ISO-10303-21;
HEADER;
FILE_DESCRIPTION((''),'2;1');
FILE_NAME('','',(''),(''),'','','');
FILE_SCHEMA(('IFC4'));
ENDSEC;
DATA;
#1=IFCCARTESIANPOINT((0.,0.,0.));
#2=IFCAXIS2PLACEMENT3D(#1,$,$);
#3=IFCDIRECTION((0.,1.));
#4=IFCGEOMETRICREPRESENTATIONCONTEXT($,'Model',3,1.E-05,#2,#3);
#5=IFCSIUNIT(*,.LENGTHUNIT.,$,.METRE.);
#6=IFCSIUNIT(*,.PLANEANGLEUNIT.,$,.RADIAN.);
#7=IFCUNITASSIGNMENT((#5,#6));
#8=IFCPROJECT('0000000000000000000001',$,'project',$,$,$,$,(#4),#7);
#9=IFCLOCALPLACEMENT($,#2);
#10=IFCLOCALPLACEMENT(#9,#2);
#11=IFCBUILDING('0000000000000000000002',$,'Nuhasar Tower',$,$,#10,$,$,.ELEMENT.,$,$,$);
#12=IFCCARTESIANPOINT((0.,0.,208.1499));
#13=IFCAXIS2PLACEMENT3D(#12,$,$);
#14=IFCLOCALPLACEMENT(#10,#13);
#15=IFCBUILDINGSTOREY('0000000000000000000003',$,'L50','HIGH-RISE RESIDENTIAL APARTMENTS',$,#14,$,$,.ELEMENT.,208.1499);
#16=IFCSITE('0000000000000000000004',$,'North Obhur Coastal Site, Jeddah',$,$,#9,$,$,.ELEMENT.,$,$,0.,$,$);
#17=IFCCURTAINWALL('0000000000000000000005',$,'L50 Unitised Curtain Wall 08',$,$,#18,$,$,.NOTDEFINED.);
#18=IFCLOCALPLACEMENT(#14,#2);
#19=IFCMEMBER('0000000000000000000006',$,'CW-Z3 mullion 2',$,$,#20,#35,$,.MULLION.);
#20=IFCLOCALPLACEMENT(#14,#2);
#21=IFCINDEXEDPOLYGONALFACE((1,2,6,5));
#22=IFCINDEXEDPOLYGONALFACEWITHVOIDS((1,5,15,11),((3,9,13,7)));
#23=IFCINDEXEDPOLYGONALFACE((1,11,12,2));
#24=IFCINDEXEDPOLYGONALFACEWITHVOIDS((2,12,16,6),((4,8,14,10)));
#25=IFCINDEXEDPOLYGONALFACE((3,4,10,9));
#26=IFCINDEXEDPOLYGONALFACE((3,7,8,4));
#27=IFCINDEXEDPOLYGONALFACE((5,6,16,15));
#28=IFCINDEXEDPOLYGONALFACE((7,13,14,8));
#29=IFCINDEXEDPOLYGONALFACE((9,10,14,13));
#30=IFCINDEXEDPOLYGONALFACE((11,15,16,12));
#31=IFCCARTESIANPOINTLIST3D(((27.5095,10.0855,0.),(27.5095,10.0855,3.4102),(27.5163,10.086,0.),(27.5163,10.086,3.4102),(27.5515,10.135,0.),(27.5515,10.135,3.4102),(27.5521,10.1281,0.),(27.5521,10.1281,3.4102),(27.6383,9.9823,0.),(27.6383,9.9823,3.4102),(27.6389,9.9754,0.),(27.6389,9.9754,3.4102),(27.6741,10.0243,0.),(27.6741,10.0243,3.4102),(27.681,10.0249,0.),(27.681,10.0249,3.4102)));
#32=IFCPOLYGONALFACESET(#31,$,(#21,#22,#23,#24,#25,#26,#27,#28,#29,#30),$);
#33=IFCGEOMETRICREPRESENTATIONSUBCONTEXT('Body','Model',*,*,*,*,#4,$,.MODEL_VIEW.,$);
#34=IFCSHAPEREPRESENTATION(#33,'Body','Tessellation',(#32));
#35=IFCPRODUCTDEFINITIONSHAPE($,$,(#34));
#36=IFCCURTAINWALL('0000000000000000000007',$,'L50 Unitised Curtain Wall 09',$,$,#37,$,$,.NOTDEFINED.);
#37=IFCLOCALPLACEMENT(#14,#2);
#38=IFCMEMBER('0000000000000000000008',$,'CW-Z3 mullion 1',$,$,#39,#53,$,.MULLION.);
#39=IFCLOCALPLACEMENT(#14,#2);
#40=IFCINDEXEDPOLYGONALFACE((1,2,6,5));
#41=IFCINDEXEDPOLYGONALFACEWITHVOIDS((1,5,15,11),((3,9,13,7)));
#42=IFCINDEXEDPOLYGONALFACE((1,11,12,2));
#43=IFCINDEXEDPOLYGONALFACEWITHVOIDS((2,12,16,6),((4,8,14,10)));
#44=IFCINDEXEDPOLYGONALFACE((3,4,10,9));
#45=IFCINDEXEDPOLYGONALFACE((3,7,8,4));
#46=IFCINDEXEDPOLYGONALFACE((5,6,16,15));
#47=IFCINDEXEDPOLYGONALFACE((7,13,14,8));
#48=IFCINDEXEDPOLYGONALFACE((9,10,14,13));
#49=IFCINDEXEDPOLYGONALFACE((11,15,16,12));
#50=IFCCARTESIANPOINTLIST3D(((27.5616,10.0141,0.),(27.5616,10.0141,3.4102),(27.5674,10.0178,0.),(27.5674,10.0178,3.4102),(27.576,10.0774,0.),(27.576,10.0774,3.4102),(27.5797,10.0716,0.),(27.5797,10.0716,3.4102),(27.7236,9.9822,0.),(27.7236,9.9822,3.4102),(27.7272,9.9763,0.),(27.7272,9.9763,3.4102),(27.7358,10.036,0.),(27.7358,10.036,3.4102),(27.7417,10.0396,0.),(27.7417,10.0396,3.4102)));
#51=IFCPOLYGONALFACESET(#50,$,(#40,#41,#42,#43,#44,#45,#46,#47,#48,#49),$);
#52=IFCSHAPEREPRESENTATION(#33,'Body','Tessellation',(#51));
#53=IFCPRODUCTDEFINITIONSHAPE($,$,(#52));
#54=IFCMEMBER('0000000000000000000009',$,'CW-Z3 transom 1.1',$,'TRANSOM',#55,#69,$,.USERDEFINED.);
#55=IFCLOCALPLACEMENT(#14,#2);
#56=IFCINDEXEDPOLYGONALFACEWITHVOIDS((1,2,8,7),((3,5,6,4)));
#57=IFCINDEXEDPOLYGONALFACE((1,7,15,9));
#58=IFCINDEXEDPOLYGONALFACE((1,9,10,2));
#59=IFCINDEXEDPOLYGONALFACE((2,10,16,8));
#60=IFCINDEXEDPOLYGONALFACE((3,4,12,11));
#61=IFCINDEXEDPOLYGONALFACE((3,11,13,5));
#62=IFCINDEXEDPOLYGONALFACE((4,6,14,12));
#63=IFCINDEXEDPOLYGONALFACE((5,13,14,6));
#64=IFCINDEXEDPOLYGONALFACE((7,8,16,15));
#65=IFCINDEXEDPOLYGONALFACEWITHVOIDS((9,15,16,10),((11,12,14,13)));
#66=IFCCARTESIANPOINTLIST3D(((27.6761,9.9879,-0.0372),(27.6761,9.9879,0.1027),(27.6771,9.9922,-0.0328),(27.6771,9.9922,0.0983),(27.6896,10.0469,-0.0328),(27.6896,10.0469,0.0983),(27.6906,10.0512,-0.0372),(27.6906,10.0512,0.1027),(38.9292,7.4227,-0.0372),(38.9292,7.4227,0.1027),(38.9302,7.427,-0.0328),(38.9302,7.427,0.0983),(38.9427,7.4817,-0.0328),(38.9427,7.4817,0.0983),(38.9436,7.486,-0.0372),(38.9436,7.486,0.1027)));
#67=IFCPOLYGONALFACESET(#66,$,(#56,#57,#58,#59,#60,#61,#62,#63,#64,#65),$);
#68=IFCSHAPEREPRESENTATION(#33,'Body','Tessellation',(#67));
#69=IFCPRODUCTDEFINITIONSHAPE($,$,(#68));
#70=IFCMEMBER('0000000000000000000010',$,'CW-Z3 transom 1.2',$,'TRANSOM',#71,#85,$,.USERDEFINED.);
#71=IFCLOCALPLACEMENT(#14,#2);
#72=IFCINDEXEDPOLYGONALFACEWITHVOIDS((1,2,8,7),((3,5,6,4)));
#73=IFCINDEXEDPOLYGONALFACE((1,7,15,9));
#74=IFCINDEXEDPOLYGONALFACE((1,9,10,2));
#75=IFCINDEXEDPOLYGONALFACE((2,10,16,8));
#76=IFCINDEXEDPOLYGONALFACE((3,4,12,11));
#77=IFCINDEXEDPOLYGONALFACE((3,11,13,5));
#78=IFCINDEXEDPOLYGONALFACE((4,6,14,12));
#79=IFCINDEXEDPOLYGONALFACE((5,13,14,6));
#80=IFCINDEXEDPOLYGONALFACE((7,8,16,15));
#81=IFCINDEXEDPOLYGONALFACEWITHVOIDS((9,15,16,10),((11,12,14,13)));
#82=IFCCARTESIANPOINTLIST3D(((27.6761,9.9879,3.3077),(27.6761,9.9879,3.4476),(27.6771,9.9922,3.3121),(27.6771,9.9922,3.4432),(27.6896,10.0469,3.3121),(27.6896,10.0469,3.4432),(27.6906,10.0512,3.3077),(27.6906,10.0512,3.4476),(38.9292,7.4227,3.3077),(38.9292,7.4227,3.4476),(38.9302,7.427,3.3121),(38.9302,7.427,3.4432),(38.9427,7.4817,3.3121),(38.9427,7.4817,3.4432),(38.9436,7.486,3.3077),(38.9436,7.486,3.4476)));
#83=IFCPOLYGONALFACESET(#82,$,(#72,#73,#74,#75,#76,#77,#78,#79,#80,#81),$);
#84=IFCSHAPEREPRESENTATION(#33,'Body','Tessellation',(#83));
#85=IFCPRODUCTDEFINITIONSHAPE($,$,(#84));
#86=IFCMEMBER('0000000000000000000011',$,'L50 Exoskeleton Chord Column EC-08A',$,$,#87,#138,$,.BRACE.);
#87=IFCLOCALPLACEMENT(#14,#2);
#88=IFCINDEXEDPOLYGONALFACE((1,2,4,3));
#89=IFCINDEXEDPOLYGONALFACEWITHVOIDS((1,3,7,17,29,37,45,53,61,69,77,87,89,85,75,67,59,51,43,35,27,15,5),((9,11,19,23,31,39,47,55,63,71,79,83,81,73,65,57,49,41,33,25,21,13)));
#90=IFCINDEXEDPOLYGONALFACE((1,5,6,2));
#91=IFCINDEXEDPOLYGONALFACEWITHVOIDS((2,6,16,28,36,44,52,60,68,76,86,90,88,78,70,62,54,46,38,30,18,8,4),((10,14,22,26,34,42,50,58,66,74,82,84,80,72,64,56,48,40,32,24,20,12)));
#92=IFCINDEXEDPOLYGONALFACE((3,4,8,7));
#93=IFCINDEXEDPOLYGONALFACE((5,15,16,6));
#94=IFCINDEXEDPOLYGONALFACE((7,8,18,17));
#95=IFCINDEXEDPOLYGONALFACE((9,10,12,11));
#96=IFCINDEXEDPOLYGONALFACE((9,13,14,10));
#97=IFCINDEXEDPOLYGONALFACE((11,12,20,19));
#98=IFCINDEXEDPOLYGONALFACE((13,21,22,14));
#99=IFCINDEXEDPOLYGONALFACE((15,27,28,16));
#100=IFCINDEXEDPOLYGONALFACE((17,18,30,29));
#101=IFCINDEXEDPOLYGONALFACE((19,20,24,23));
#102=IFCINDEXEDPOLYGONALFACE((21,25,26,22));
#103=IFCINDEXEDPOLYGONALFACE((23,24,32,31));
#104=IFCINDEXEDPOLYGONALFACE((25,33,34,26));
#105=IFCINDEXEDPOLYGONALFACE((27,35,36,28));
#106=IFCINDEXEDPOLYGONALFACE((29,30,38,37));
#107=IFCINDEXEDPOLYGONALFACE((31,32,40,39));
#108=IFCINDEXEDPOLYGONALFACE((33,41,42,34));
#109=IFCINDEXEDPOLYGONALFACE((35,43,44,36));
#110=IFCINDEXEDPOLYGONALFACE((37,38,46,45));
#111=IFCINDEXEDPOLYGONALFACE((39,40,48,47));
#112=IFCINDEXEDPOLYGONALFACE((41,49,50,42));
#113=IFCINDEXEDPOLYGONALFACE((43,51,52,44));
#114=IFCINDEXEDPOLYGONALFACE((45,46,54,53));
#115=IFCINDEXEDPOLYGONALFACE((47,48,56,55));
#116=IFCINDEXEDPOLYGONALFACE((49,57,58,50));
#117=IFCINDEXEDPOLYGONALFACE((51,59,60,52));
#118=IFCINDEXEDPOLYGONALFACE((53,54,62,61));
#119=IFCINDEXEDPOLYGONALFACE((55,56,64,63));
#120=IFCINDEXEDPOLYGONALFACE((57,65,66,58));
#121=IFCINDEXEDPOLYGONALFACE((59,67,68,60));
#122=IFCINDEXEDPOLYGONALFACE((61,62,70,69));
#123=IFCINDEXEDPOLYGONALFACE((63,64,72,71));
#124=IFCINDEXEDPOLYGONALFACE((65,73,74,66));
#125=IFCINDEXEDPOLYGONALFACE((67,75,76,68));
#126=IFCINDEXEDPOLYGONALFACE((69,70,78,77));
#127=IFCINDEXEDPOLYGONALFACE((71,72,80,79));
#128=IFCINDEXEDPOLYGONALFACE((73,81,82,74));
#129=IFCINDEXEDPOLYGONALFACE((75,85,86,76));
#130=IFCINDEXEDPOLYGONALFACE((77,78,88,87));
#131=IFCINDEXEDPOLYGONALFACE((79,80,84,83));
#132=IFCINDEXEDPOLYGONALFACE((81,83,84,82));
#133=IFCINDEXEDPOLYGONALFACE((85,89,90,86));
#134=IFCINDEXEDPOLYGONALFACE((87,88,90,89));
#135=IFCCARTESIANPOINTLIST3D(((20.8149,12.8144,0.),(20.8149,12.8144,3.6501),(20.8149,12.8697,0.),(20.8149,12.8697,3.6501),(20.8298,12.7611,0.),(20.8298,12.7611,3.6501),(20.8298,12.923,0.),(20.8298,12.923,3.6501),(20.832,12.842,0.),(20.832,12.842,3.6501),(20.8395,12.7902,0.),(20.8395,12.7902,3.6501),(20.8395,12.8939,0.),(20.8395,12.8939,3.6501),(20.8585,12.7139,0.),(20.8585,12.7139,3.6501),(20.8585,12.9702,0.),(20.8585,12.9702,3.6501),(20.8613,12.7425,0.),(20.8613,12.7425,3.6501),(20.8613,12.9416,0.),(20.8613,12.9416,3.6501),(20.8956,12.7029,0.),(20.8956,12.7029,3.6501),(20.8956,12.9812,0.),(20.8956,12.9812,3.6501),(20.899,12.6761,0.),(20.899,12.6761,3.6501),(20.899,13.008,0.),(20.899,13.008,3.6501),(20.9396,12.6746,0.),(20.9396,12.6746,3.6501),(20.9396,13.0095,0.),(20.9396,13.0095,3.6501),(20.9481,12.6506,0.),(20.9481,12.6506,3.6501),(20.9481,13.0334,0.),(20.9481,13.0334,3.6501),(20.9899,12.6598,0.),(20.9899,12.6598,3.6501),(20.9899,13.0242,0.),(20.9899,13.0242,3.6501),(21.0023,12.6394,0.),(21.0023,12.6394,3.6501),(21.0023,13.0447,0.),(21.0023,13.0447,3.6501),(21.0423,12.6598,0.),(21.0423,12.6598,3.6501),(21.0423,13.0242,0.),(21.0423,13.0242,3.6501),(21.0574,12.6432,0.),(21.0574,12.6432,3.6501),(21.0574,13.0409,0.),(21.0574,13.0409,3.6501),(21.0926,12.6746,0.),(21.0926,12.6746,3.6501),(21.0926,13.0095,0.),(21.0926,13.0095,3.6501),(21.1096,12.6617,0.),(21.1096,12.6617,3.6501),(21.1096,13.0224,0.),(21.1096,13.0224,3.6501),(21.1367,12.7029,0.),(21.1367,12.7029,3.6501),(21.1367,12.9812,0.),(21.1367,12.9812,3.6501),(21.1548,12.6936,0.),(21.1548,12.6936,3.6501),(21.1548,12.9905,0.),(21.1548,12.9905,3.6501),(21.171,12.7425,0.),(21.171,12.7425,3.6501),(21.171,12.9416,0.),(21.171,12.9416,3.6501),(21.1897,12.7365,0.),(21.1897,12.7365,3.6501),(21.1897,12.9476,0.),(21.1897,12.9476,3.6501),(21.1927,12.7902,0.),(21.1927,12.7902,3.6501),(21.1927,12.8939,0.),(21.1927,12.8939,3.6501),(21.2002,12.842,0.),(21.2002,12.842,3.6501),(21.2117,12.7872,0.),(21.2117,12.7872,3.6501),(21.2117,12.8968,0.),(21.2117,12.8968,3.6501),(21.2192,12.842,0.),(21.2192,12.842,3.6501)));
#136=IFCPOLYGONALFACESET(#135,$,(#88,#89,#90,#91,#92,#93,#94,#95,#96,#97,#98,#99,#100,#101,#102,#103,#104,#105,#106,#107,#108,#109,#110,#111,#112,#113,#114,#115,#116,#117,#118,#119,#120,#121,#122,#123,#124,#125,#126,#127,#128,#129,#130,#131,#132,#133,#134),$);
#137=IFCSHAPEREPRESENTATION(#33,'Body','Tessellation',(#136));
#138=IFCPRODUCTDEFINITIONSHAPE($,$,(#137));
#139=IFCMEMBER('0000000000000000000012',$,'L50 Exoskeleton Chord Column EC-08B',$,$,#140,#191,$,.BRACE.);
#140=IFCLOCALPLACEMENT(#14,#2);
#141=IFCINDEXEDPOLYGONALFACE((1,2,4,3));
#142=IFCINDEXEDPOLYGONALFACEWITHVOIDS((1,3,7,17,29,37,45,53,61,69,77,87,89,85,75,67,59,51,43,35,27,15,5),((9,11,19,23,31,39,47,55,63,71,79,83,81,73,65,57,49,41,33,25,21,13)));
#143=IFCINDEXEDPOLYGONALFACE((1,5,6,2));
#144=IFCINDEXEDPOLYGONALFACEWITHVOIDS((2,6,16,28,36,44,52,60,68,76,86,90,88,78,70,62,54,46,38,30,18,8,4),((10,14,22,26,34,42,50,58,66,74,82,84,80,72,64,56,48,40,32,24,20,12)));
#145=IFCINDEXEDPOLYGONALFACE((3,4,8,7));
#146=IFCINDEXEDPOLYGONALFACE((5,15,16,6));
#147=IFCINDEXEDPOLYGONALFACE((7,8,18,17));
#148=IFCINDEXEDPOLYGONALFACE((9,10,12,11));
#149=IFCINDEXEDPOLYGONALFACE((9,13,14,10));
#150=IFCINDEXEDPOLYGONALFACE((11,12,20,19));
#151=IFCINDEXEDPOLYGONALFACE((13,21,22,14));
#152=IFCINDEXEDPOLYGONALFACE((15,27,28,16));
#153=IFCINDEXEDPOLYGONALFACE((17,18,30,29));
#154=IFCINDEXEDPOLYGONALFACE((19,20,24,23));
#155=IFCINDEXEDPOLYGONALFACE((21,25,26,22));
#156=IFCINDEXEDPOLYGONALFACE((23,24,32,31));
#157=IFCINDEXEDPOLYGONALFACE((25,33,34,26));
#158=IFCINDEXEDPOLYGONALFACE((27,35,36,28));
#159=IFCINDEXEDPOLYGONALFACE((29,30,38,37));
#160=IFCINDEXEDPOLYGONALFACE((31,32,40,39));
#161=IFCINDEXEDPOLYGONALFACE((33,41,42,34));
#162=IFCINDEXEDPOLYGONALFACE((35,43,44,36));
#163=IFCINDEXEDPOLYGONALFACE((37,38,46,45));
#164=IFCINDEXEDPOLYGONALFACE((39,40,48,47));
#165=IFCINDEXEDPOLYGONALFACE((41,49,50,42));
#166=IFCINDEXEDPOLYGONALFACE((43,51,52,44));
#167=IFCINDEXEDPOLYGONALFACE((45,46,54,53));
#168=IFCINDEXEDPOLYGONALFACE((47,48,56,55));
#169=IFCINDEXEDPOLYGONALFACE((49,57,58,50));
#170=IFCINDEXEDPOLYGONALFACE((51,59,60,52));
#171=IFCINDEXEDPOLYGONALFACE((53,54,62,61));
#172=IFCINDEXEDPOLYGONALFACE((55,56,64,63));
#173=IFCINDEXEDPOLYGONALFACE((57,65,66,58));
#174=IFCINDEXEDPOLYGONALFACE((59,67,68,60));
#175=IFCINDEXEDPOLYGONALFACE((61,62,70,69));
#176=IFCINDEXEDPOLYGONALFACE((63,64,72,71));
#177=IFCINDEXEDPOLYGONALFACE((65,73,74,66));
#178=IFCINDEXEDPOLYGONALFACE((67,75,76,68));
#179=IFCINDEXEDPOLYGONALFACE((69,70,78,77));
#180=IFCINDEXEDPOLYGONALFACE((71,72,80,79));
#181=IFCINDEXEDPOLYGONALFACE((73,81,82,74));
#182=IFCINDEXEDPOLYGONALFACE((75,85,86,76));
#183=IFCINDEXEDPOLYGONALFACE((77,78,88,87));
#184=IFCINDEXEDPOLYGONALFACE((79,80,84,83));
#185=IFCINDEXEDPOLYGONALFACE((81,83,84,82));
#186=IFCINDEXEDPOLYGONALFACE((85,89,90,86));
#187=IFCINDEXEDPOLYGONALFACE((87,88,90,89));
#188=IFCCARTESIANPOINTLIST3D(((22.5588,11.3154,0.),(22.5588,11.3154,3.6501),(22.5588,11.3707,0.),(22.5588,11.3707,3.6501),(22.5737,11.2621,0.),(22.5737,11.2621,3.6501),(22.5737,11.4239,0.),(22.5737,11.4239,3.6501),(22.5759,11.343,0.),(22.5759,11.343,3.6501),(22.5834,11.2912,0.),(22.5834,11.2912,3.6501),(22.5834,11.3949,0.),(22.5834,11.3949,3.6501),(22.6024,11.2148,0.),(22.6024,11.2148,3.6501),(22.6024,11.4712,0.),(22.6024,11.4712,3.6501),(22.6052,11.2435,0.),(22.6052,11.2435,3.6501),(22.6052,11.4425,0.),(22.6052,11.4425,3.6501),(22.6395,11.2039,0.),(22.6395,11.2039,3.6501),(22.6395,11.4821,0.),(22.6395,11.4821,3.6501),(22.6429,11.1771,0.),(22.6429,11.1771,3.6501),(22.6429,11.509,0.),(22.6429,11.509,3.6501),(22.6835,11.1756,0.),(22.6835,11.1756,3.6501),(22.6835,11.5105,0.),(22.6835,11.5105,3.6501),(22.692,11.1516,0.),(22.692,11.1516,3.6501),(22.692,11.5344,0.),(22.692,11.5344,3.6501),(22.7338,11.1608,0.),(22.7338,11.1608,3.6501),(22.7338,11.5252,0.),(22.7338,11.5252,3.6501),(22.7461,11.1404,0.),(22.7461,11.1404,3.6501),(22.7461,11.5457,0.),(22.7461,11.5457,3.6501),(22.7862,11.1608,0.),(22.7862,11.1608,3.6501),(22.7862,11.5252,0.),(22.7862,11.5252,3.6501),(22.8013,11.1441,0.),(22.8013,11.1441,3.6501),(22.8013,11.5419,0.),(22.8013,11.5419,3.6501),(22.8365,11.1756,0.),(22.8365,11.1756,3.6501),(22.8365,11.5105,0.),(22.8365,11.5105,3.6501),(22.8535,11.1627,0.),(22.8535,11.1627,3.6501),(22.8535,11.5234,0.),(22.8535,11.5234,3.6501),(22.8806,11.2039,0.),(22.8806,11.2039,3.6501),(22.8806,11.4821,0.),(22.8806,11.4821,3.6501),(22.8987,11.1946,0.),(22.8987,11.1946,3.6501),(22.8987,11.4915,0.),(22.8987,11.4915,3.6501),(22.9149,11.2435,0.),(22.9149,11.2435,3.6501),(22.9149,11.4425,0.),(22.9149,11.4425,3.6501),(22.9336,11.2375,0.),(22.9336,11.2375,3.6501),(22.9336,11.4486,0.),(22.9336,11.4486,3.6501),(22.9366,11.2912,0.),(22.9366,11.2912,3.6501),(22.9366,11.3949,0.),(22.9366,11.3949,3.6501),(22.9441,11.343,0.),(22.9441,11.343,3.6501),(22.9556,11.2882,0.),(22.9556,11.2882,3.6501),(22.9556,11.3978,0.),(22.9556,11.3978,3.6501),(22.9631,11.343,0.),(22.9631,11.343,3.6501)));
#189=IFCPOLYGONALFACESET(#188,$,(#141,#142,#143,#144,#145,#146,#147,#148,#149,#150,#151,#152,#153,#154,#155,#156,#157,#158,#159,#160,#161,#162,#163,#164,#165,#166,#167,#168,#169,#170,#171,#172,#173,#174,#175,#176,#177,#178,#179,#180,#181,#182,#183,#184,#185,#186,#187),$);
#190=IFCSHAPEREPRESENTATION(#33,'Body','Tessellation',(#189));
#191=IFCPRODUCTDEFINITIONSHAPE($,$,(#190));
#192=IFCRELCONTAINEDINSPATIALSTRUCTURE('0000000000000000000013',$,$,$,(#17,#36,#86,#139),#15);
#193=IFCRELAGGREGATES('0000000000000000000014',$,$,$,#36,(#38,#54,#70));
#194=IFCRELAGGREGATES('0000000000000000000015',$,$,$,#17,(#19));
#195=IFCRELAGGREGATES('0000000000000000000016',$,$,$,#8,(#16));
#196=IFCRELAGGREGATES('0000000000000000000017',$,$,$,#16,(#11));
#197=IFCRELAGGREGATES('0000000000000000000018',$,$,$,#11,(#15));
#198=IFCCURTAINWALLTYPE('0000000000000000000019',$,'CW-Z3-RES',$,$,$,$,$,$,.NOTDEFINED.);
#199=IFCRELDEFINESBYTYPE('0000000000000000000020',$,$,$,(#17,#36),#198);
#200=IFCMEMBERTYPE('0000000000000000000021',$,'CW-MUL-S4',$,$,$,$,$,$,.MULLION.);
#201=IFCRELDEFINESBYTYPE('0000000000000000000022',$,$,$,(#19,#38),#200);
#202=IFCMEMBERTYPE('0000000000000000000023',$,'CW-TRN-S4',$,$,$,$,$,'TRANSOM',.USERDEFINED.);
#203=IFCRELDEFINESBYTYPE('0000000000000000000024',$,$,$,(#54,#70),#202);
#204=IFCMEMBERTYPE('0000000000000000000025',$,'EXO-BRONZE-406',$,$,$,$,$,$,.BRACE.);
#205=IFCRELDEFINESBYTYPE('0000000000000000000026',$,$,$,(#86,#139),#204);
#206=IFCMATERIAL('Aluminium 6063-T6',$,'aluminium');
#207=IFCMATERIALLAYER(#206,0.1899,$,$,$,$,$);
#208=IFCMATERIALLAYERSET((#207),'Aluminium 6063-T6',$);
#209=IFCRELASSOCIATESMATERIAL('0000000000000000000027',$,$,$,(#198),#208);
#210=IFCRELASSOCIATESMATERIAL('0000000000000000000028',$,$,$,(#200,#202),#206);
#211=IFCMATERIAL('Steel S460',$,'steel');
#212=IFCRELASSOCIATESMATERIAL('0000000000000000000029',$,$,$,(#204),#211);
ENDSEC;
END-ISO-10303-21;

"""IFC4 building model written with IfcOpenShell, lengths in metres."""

from ifc_helpers import new_model, si_unit, direction, frame, origin, origin_2d, place, context, subcontext, project, spatial, hollow_rectangle, hollow_circle, extrude, material, layer, layer_set, material_profile, profile_set, type_object, element, aggregate, save


model = new_model("IFC4")

# Units and contexts
model_context = context("Model", 3, precision=1e-05, world=origin(), true_north=direction((0.0, 1.0)))
body_context = subcontext(model_context, "Body", "Model", "MODEL_VIEW")
ifc_project = project(units=[si_unit("LENGTHUNIT", "METRE"), si_unit("PLANEANGLEUNIT", "RADIAN")], contexts=[model_context])

# Site, building, storey
site_placement = place(None, origin())
site = spatial("IfcSite", under=ifc_project, at=site_placement, Name="North Obhur Coastal Site, Jeddah", CompositionType="ELEMENT", RefElevation=0.0)
building_placement = place(site_placement, origin())
building = spatial("IfcBuilding", under=site, at=building_placement, Name="Nuhasar Tower", CompositionType="ELEMENT")
storey_placement = place(building_placement, frame((0.0, 0.0, 208.1499)))
storey = spatial("IfcBuildingStorey", under=building, at=storey_placement, Name="L50", Description="HIGH-RISE RESIDENTIAL APARTMENTS", CompositionType="ELEMENT", Elevation=208.1499)

# Curtain wall, member
ifc_material_1 = material(Name="Aluminium 6063-T6", Category="aluminium")
ifc_layer_1 = layer(ifc_material_1, 0.1899)
ifc_layer_set_1 = layer_set([ifc_layer_1], Name="Aluminium 6063-T6")
curtain_wall_type = type_object("IfcCurtainWallType", Name="CW-Z3-RES", PredefinedType="NOTDEFINED", material=ifc_layer_set_1)
curtain_wall_1_placement = place(storey_placement, origin())
curtain_wall_1 = element("IfcCurtainWall", 1, at=curtain_wall_1_placement, inside=storey, type_object=curtain_wall_type, Name="L50 Unitised Curtain Wall 08", PredefinedType="NOTDEFINED")
ifc_material_profile_1 = material_profile(ifc_material_1, hollow_rectangle(XDim=0.0649, YDim=0.1699, WallThickness=0.0049, at=origin_2d()), Name="CWM-4")
ifc_profile_set_1 = profile_set([ifc_material_profile_1], Name="Aluminium 6063-T6")
member_type_1 = type_object("IfcMemberType", Name="CW-MUL-S4", PredefinedType="MULLION", material=ifc_profile_set_1)
member_1_placement = place(storey_placement, frame((27.5952, 10.0552, 0.0), z_axis=(0.0, 0.0, 1.0), x_axis=(0.647895, 0.761729, 0.0)))
member_1 = element("IfcMember", 2, at=member_1_placement, type_object=member_type_1, Name="CW-Z3 mullion 2", PredefinedType="MULLION", context=body_context, shape_type="SweptSolid", body=[
    extrude(hollow_rectangle(XDim=0.0649, YDim=0.1699, WallThickness=0.0049, at=origin_2d()), origin(), (0.0, 0.0, 1.0), 3.4102),
])

# Curtain wall, members
curtain_wall_2_placement = place(storey_placement, origin())
curtain_wall_2 = element("IfcCurtainWall", 3, at=curtain_wall_2_placement, inside=storey, type_object=curtain_wall_type, Name="L50 Unitised Curtain Wall 09", PredefinedType="NOTDEFINED")
member_2_placement = place(storey_placement, frame((27.6516, 10.0269, 0.0), z_axis=(0.0, 0.0, 1.0), x_axis=(0.222243, 0.974991, 0.0)))
member_2 = element("IfcMember", 4, at=member_2_placement, type_object=member_type_1, Name="CW-Z3 mullion 1", PredefinedType="MULLION", context=body_context, shape_type="SweptSolid", body=[
    extrude(hollow_rectangle(XDim=0.0649, YDim=0.1699, WallThickness=0.0049, at=origin_2d()), origin(), (0.0, 0.0, 1.0), 3.4102),
])
ifc_material_profile_2 = material_profile(ifc_material_1, hollow_rectangle(XDim=0.0649, YDim=0.1399, WallThickness=0.0044, at=origin_2d()), Name="CWT-4")
ifc_profile_set_2 = profile_set([ifc_material_profile_2], Name="Aluminium 6063-T6")
member_type_2 = type_object("IfcMemberType", Name="CW-TRN-S4", ElementType="TRANSOM", PredefinedType="USERDEFINED", material=ifc_profile_set_2)
member_3_placement = place(storey_placement, frame((27.6833, 10.0195, 0.0327), z_axis=(0.974989, -0.222251, 0.0), x_axis=(0.222251, 0.974989, 0.0)))
member_3 = element("IfcMember", 5, at=member_3_placement, type_object=member_type_2, Name="CW-Z3 transom 1.1", ObjectType="TRANSOM", PredefinedType="USERDEFINED", context=body_context, shape_type="SweptSolid", body=[
    extrude(hollow_rectangle(XDim=0.0649, YDim=0.1399, WallThickness=0.0044, at=origin_2d()), origin(), (0.0, 0.0, 1.0), 11.5417),
])
member_4_placement = place(storey_placement, frame((27.6833, 10.0195, 3.3777), z_axis=(0.974989, -0.222251, 0.0), x_axis=(0.222251, 0.974989, 0.0)))
member_4 = element("IfcMember", 6, at=member_4_placement, type_object=member_type_2, Name="CW-Z3 transom 1.2", ObjectType="TRANSOM", PredefinedType="USERDEFINED", context=body_context, shape_type="SweptSolid", body=[
    extrude(hollow_rectangle(XDim=0.0649, YDim=0.1399, WallThickness=0.0044, at=origin_2d()), origin(), (0.0, 0.0, 1.0), 11.5417),
])
aggregate(curtain_wall_2, [member_2, member_3, member_4])

# Members
ifc_material_2 = material(Name="Steel S460", Category="steel")
ifc_material_profile_3 = material_profile(ifc_material_2, hollow_circle(Radius=0.2031, WallThickness=0.019, at=origin_2d()), Name="HSS406.4X19.1")
ifc_profile_set_3 = profile_set([ifc_material_profile_3], Name="Steel S460")
member_type_3 = type_object("IfcMemberType", Name="EXO-BRONZE-406", PredefinedType="BRACE", material=ifc_profile_set_3)
for number, where, z_axis, x_axis, name in (
    (7, (21.0161, 12.842, 0.0), (0.0, 0.0, 1.0), (1.0, 0.0, 0.0), "L50 Exoskeleton Chord Column EC-08A"),
    (8, (22.76, 11.343, 0.0), (0.0, 0.0, 1.0), (1.0, 0.0, 0.0), "L50 Exoskeleton Chord Column EC-08B"),
):
    element("IfcMember", number, at=place(storey_placement, frame(where, z_axis=z_axis, x_axis=x_axis)), inside=storey, type_object=member_type_3, Name=name, PredefinedType="BRACE", context=body_context, shape_type="SweptSolid", body=[
        extrude(hollow_circle(Radius=0.2031, WallThickness=0.019, at=origin_2d()), origin(), (0.0, 0.0, 1.0), 3.6501),
    ])

aggregate(curtain_wall_1, [member_1])

save(model, "model.ifc")
